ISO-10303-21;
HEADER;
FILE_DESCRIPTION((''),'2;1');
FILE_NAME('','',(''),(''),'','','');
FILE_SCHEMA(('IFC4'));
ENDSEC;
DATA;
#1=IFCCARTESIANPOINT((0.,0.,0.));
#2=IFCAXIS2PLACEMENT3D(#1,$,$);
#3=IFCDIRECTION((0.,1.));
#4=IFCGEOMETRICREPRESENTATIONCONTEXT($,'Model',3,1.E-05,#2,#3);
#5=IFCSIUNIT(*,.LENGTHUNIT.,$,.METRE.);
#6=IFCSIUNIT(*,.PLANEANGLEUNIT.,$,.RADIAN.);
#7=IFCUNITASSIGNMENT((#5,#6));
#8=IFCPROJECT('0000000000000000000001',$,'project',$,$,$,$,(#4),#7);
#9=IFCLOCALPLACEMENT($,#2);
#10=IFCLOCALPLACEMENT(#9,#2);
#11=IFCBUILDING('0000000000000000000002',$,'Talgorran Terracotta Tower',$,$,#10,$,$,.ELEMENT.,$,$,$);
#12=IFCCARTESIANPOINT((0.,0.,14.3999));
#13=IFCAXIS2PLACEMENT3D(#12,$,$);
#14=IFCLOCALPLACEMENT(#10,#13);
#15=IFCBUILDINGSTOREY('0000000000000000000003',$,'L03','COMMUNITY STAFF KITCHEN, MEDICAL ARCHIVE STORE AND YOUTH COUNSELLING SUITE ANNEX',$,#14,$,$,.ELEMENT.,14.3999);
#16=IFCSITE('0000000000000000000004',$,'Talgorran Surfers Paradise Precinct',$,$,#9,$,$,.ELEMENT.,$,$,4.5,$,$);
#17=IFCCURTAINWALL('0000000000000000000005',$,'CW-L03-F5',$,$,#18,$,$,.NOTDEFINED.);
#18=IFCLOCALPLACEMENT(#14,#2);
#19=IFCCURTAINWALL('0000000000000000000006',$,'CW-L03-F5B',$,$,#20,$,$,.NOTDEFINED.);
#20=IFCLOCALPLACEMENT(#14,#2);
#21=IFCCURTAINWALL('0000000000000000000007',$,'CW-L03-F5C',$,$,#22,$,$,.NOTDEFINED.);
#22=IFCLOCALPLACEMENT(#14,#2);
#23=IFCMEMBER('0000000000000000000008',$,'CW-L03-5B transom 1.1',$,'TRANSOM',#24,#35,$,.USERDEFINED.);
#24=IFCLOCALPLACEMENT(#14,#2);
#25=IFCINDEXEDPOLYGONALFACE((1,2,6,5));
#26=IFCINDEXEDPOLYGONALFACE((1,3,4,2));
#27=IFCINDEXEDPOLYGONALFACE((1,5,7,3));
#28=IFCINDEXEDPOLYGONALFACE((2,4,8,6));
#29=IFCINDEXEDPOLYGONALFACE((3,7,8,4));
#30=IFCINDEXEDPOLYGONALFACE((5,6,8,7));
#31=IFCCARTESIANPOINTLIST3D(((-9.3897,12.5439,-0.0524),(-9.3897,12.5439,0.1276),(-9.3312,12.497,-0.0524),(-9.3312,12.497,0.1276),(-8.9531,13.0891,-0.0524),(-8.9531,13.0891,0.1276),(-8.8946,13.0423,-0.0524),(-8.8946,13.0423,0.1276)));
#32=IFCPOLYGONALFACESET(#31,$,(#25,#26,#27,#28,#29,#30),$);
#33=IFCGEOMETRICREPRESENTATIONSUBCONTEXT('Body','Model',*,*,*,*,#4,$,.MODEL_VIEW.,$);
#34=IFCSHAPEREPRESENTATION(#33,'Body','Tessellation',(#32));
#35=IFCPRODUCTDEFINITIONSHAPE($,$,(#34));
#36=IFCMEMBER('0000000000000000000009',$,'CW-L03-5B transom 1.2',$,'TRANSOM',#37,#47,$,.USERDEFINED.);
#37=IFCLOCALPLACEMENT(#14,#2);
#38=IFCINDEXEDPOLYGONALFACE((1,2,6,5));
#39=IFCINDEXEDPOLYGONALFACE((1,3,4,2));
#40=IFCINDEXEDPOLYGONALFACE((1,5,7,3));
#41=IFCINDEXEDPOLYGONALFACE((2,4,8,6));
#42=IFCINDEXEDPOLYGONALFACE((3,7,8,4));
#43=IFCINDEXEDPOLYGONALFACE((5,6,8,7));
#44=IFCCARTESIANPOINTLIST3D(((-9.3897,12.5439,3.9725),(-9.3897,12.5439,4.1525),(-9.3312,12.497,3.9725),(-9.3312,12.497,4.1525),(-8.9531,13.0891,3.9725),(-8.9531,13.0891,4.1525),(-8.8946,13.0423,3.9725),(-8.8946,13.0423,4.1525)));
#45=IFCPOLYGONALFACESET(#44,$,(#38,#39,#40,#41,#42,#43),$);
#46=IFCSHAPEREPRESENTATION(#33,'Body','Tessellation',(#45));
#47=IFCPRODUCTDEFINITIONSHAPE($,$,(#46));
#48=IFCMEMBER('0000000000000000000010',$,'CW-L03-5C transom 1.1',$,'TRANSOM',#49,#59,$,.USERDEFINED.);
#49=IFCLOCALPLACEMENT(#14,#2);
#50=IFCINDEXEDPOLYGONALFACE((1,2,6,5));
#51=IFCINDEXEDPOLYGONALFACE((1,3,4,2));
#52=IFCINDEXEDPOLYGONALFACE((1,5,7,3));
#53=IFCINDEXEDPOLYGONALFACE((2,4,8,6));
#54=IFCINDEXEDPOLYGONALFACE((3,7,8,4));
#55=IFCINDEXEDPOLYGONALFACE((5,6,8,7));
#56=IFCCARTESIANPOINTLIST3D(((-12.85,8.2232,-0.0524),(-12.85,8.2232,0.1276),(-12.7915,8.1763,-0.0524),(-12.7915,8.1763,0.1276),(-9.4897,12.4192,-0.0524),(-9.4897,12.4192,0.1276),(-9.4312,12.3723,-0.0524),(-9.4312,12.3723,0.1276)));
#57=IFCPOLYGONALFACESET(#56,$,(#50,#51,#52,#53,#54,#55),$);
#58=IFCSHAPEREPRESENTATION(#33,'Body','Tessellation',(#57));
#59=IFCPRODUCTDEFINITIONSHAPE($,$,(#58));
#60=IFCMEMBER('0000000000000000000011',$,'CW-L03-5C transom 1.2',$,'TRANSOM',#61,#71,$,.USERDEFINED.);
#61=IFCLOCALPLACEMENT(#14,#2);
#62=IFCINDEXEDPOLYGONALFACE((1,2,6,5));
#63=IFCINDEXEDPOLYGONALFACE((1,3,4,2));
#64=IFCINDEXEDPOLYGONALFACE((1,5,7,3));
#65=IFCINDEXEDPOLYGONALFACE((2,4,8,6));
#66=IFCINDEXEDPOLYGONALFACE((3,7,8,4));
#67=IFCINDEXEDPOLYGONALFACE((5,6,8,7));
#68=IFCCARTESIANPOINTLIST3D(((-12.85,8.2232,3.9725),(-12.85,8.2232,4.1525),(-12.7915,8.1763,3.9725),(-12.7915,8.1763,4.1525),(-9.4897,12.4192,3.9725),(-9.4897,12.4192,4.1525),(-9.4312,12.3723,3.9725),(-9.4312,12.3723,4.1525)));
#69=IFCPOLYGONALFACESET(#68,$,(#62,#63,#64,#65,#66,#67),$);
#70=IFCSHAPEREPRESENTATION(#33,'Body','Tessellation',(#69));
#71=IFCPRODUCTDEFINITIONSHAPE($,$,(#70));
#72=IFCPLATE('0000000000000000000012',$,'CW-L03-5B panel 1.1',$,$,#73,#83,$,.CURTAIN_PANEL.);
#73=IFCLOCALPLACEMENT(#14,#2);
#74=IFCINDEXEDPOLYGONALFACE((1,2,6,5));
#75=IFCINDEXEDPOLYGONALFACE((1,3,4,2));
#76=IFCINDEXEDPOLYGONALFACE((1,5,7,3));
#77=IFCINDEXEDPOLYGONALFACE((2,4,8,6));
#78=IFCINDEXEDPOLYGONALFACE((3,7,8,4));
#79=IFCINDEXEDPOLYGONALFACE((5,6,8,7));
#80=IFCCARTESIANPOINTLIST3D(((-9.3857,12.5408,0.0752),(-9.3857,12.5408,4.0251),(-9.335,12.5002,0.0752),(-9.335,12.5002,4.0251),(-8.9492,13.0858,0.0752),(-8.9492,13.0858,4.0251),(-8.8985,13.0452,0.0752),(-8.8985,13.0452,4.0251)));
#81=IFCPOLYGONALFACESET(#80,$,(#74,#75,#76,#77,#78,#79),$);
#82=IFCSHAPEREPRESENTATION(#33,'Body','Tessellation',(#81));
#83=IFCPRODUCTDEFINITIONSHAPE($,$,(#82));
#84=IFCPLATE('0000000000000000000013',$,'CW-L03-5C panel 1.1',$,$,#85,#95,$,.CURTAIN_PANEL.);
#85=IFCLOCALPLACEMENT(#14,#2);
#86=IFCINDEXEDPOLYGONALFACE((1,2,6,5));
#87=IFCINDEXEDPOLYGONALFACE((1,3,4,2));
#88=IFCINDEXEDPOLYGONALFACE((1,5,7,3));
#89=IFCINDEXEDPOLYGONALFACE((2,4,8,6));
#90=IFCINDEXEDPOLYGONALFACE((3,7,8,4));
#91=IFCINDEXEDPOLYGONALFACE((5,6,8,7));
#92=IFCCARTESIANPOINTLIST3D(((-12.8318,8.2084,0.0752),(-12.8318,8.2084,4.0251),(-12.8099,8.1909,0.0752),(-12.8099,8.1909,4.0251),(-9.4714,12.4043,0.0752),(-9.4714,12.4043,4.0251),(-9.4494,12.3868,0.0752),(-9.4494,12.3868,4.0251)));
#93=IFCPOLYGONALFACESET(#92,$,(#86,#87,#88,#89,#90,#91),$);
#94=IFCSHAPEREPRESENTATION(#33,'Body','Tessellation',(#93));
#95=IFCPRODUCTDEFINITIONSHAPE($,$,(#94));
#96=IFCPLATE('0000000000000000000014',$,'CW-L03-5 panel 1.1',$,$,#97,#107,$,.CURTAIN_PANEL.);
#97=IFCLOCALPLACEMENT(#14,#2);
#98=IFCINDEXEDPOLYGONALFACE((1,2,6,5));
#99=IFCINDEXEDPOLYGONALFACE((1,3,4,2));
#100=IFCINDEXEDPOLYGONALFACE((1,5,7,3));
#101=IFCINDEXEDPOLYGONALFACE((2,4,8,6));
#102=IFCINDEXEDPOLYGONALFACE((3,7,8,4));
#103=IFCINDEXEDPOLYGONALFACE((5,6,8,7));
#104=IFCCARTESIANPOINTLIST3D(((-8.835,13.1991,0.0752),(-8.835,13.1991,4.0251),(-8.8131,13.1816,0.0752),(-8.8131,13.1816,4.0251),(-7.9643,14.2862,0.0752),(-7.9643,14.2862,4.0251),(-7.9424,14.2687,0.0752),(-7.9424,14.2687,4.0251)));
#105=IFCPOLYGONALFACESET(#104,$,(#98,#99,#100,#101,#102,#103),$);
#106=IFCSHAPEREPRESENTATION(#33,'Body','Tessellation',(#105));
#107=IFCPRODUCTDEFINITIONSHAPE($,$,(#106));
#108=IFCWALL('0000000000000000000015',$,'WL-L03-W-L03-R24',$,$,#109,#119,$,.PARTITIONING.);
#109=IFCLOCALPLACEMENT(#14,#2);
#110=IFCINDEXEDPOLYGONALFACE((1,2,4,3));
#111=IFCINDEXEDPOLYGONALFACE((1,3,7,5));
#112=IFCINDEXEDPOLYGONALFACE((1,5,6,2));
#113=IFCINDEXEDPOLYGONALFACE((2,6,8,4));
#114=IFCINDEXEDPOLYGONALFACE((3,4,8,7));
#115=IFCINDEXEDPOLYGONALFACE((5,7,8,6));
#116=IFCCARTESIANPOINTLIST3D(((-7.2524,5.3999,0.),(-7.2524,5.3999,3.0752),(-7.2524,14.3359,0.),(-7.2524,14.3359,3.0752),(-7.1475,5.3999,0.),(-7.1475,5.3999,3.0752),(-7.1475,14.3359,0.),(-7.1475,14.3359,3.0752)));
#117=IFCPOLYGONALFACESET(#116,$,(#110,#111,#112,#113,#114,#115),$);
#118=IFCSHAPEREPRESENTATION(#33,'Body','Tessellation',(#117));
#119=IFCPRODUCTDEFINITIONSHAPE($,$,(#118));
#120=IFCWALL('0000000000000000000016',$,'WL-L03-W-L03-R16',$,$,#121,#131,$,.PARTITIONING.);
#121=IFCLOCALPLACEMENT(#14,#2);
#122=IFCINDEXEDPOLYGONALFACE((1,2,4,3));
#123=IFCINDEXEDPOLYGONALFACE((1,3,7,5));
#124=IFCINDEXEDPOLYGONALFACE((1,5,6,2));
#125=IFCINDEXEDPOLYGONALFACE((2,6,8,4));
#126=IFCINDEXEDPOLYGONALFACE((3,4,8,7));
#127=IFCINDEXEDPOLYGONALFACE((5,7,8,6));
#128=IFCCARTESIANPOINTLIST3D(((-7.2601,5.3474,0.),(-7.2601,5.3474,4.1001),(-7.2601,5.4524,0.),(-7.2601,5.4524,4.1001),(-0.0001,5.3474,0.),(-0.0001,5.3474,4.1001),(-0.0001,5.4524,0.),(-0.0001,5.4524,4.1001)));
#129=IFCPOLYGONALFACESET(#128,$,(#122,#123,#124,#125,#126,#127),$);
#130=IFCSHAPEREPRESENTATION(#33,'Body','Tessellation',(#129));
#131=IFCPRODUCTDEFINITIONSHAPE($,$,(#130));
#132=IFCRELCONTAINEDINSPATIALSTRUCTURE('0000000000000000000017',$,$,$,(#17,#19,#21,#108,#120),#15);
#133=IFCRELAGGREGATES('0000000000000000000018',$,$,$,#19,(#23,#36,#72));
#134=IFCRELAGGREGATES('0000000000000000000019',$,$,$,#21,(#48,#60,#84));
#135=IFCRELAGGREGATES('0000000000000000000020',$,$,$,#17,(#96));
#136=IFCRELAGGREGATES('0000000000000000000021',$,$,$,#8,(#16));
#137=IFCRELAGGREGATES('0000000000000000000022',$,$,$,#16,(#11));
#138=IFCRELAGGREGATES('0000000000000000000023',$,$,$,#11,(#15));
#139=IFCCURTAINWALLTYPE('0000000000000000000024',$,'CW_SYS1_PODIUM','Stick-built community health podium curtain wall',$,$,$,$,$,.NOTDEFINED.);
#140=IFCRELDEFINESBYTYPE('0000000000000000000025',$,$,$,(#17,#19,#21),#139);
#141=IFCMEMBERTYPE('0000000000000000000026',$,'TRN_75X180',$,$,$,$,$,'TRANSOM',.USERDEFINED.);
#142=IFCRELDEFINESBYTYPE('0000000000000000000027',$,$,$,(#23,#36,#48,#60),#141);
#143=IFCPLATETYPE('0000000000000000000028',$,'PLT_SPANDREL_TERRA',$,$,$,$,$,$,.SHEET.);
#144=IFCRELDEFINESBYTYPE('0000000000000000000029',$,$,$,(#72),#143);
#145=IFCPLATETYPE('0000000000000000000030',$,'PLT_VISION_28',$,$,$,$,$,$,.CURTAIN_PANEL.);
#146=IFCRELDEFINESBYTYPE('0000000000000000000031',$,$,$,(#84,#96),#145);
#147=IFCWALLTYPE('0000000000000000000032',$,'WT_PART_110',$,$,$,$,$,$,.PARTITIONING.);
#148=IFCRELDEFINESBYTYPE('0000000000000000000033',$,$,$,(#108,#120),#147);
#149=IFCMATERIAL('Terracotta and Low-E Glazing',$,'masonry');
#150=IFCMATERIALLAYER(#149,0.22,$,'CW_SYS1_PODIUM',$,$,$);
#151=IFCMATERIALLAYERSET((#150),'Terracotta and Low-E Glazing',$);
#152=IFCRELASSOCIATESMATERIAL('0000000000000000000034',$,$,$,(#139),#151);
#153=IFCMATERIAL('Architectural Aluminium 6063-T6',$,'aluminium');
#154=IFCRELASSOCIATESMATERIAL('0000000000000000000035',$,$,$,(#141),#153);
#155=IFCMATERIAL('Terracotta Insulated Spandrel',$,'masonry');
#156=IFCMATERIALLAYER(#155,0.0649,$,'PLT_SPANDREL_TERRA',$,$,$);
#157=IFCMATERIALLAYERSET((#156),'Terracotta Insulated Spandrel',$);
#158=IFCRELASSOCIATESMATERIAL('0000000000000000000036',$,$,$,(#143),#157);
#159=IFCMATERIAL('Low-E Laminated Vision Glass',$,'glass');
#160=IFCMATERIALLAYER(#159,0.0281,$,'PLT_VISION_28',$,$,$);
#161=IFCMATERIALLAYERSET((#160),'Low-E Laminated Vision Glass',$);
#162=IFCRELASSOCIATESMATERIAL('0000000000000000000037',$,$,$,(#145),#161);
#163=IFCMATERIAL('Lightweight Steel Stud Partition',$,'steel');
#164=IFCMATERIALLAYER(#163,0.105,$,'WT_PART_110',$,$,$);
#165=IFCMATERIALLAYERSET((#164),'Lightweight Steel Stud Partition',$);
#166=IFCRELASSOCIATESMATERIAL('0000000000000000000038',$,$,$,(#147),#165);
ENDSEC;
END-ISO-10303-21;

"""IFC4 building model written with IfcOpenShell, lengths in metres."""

from ifc_helpers import new_model, si_unit, direction, frame, frame_2d, origin, origin_2d, place, context, subcontext, project, spatial, rectangle, extrude, source, transform, mapped, material, layer, layer_set, material_profile, profile_set, type_object, type_shapes, element, aggregate, save


model = new_model("IFC4")

# Units and contexts
model_context = context("Model", 3, precision=1e-05, world=origin(), true_north=direction((0.0, 1.0)))
body_context = subcontext(model_context, "Body", "Model", "MODEL_VIEW")
ifc_project = project(units=[si_unit("LENGTHUNIT", "METRE"), si_unit("PLANEANGLEUNIT", "RADIAN")], contexts=[model_context])

# Site, building, storey
site_placement = place(None, origin())
site = spatial("IfcSite", under=ifc_project, at=site_placement, Name="Talgorran Surfers Paradise Precinct", CompositionType="ELEMENT", RefElevation=4.5)
building_placement = place(site_placement, origin())
building = spatial("IfcBuilding", under=site, at=building_placement, Name="Talgorran Terracotta Tower", CompositionType="ELEMENT")
storey_placement = place(building_placement, frame((0.0, 0.0, 14.3999)))
storey = spatial("IfcBuildingStorey", under=building, at=storey_placement, Name="L03", Description="COMMUNITY STAFF KITCHEN, MEDICAL ARCHIVE STORE AND YOUTH COUNSELLING SUITE ANNEX", CompositionType="ELEMENT", Elevation=14.3999)

# Curtain walls
ifc_material_1 = material(Name="Terracotta and Low-E Glazing", Category="masonry")
ifc_layer_1 = layer(ifc_material_1, 0.22, Name="CW_SYS1_PODIUM")
ifc_layer_set_1 = layer_set([ifc_layer_1], Name="Terracotta and Low-E Glazing")
curtain_wall_type = type_object("IfcCurtainWallType", Name="CW_SYS1_PODIUM", Description="Stick-built community health podium curtain wall", PredefinedType="NOTDEFINED", material=ifc_layer_set_1)
curtain_wall_1_placement = place(storey_placement, origin())
curtain_wall_1 = element("IfcCurtainWall", 1, at=curtain_wall_1_placement, inside=storey, type_object=curtain_wall_type, Name="CW-L03-F5", PredefinedType="NOTDEFINED")
ifc_material_2 = material(Name="Architectural Aluminium 6063-T6", Category="aluminium")
curtain_wall_2_placement = place(storey_placement, origin())
curtain_wall_2 = element("IfcCurtainWall", 2, at=curtain_wall_2_placement, inside=storey, type_object=curtain_wall_type, Name="CW-L03-F5B", PredefinedType="NOTDEFINED")

# Curtain wall
curtain_wall_3_placement = place(storey_placement, origin())
curtain_wall_3 = element("IfcCurtainWall", 3, at=curtain_wall_3_placement, inside=storey, type_object=curtain_wall_type, Name="CW-L03-F5C", PredefinedType="NOTDEFINED")

# Members
ifc_material_profile_1 = material_profile(ifc_material_2, rectangle(XDim=0.075, YDim=0.1799, at=origin_2d()), Name="CWT75X180")
ifc_profile_set_1 = profile_set([ifc_material_profile_1], Name="Architectural Aluminium 6063-T6")
member_type_1 = type_object("IfcMemberType", Name="TRN_75X180", ElementType="TRANSOM", PredefinedType="USERDEFINED", material=ifc_profile_set_1)
member_1_placement = place(storey_placement, frame((-8.9238, 13.0657, 0.0376), z_axis=(-0.625036, -0.780596, 0.0), x_axis=(0.780596, -0.625036, 0.0)))
member_1 = element("IfcMember", 4, at=member_1_placement, type_object=member_type_1, Name="CW-L03-5B transom 1.1", ObjectType="TRANSOM", PredefinedType="USERDEFINED", context=body_context, shape_type="SweptSolid", body=[
    extrude(rectangle(XDim=0.075, YDim=0.1799, at=origin_2d()), origin(), (0.0, 0.0, 1.0), 0.6985),
])
member_2_placement = place(storey_placement, frame((-8.9238, 13.0657, 4.0625), z_axis=(-0.625036, -0.780596, 0.0), x_axis=(0.780596, -0.625036, 0.0)))
member_2 = element("IfcMember", 5, at=member_2_placement, type_object=member_type_1, Name="CW-L03-5B transom 1.2", ObjectType="TRANSOM", PredefinedType="USERDEFINED", context=body_context, shape_type="SweptSolid", body=[
    extrude(rectangle(XDim=0.075, YDim=0.1799, at=origin_2d()), origin(), (0.0, 0.0, 1.0), 0.6985),
])
member_3_placement = place(storey_placement, frame((-9.4604, 12.3958, 0.0376), z_axis=(-0.625094, -0.78055, 0.0), x_axis=(0.78055, -0.625094, 0.0)))
member_3 = element("IfcMember", 6, at=member_3_placement, type_object=member_type_1, Name="CW-L03-5C transom 1.1", ObjectType="TRANSOM", PredefinedType="USERDEFINED", context=body_context, shape_type="SweptSolid", body=[
    extrude(rectangle(XDim=0.075, YDim=0.1799, at=origin_2d()), origin(), (0.0, 0.0, 1.0), 5.3757),
])
member_4_placement = place(storey_placement, frame((-9.4604, 12.3958, 4.0625), z_axis=(-0.625094, -0.78055, 0.0), x_axis=(0.78055, -0.625094, 0.0)))
member_4 = element("IfcMember", 7, at=member_4_placement, type_object=member_type_1, Name="CW-L03-5C transom 1.2", ObjectType="TRANSOM", PredefinedType="USERDEFINED", context=body_context, shape_type="SweptSolid", body=[
    extrude(rectangle(XDim=0.075, YDim=0.1799, at=origin_2d()), origin(), (0.0, 0.0, 1.0), 5.3757),
])

# Plates
ifc_material_3 = material(Name="Terracotta Insulated Spandrel", Category="masonry")
ifc_layer_2 = layer(ifc_material_3, 0.0649, Name="PLT_SPANDREL_TERRA")
ifc_layer_set_2 = layer_set([ifc_layer_2], Name="Terracotta Insulated Spandrel")
plate_type_1 = type_object("IfcPlateType", Name="PLT_SPANDREL_TERRA", PredefinedType="SHEET", material=ifc_layer_set_2)
shared_shape_1 = source(origin(), body_context, "Body", "SweptSolid", [
    extrude(rectangle(XDim=0.6982, YDim=0.0649, at=origin_2d()), origin(), (0.0, 0.0, 1.0), 3.95),
])
type_shapes(plate_type_1, [shared_shape_1])
plate_1_placement = place(storey_placement, frame((-9.1421, 12.793, 0.0752), z_axis=(0.0, 0.0, 1.0), x_axis=(-0.625141, -0.780512, 0.0)))
plate_1 = element("IfcPlate", 8, at=plate_1_placement, type_object=plate_type_1, Name="CW-L03-5B panel 1.1", PredefinedType="CURTAIN_PANEL", context=body_context, shape_type="MappedRepresentation", body=[
    mapped(shared_shape_1, transform((0.0, 0.0, 0.0), scale=1.0)),
])
aggregate(curtain_wall_2, [member_1, member_2, plate_1])
ifc_material_4 = material(Name="Low-E Laminated Vision Glass", Category="glass")
ifc_layer_3 = layer(ifc_material_4, 0.0281, Name="PLT_VISION_28")
ifc_layer_set_3 = layer_set([ifc_layer_3], Name="Low-E Laminated Vision Glass")
plate_type_2 = type_object("IfcPlateType", Name="PLT_VISION_28", PredefinedType="CURTAIN_PANEL", material=ifc_layer_set_3)
shared_shape_2 = source(origin(), body_context, "Body", "SweptSolid", [
    extrude(rectangle(XDim=5.3757, YDim=0.0281, at=origin_2d()), origin(), (0.0, 0.0, 1.0), 3.95),
])
plate_2_placement = place(storey_placement, frame((-11.1406, 10.2976, 0.0752), z_axis=(0.0, 0.0, 1.0), x_axis=(-0.625117, -0.780531, 0.0)))
plate_2 = element("IfcPlate", 9, at=plate_2_placement, type_object=plate_type_2, Name="CW-L03-5C panel 1.1", PredefinedType="CURTAIN_PANEL", context=body_context, shape_type="MappedRepresentation", body=[
    mapped(shared_shape_2, transform((0.0, 0.0, 0.0), scale=1.0)),
])
aggregate(curtain_wall_3, [member_3, member_4, plate_2])
shared_shape_3 = source(origin(), body_context, "Body", "SweptSolid", [
    extrude(rectangle(XDim=1.3928, YDim=0.0281, at=origin_2d()), origin(), (0.0, 0.0, 1.0), 3.95),
])
type_shapes(plate_type_2, [shared_shape_2, shared_shape_3])
plate_3_placement = place(storey_placement, frame((-8.3887, 13.7339, 0.0752), z_axis=(0.0, 0.0, 1.0), x_axis=(-0.625138, -0.780515, 0.0)))
plate_3 = element("IfcPlate", 10, at=plate_3_placement, type_object=plate_type_2, Name="CW-L03-5 panel 1.1", PredefinedType="CURTAIN_PANEL", context=body_context, shape_type="MappedRepresentation", body=[
    mapped(shared_shape_3, transform((0.0, 0.0, 0.0), scale=1.0)),
])
aggregate(curtain_wall_1, [plate_3])

# Walls
ifc_material_5 = material(Name="Lightweight Steel Stud Partition", Category="steel")
ifc_layer_4 = layer(ifc_material_5, 0.105, Name="WT_PART_110")
ifc_layer_set_4 = layer_set([ifc_layer_4], Name="Lightweight Steel Stud Partition")
wall_type = type_object("IfcWallType", Name="WT_PART_110", PredefinedType="PARTITIONING", material=ifc_layer_set_4)
wall_1_placement = place(storey_placement, frame((-7.2, 5.3999, 0.0), z_axis=(0.0, 0.0, 1.0), x_axis=(0.0, 1.0, 0.0)))
element("IfcWall", 11, at=wall_1_placement, inside=storey, type_object=wall_type, Name="WL-L03-W-L03-R24", PredefinedType="PARTITIONING", context=body_context, shape_type="SweptSolid", body=[
    extrude(rectangle(XDim=8.936, YDim=0.105, at=frame_2d((4.468, 0.0))), origin(), (0.0, 0.0, 1.0), 3.0752),
])
wall_2_placement = place(storey_placement, frame((-7.26, 5.3999, 0.0), z_axis=(0.0, 0.0, 1.0), x_axis=(1.0, 0.0, 0.0)))
element("IfcWall", 12, at=wall_2_placement, inside=storey, type_object=wall_type, Name="WL-L03-W-L03-R16", PredefinedType="PARTITIONING", context=body_context, shape_type="SweptSolid", body=[
    extrude(rectangle(XDim=7.26, YDim=0.105, at=frame_2d((3.6299, 0.0))), origin(), (0.0, 0.0, 1.0), 4.1001),
])

save(model, "model.ifc")
